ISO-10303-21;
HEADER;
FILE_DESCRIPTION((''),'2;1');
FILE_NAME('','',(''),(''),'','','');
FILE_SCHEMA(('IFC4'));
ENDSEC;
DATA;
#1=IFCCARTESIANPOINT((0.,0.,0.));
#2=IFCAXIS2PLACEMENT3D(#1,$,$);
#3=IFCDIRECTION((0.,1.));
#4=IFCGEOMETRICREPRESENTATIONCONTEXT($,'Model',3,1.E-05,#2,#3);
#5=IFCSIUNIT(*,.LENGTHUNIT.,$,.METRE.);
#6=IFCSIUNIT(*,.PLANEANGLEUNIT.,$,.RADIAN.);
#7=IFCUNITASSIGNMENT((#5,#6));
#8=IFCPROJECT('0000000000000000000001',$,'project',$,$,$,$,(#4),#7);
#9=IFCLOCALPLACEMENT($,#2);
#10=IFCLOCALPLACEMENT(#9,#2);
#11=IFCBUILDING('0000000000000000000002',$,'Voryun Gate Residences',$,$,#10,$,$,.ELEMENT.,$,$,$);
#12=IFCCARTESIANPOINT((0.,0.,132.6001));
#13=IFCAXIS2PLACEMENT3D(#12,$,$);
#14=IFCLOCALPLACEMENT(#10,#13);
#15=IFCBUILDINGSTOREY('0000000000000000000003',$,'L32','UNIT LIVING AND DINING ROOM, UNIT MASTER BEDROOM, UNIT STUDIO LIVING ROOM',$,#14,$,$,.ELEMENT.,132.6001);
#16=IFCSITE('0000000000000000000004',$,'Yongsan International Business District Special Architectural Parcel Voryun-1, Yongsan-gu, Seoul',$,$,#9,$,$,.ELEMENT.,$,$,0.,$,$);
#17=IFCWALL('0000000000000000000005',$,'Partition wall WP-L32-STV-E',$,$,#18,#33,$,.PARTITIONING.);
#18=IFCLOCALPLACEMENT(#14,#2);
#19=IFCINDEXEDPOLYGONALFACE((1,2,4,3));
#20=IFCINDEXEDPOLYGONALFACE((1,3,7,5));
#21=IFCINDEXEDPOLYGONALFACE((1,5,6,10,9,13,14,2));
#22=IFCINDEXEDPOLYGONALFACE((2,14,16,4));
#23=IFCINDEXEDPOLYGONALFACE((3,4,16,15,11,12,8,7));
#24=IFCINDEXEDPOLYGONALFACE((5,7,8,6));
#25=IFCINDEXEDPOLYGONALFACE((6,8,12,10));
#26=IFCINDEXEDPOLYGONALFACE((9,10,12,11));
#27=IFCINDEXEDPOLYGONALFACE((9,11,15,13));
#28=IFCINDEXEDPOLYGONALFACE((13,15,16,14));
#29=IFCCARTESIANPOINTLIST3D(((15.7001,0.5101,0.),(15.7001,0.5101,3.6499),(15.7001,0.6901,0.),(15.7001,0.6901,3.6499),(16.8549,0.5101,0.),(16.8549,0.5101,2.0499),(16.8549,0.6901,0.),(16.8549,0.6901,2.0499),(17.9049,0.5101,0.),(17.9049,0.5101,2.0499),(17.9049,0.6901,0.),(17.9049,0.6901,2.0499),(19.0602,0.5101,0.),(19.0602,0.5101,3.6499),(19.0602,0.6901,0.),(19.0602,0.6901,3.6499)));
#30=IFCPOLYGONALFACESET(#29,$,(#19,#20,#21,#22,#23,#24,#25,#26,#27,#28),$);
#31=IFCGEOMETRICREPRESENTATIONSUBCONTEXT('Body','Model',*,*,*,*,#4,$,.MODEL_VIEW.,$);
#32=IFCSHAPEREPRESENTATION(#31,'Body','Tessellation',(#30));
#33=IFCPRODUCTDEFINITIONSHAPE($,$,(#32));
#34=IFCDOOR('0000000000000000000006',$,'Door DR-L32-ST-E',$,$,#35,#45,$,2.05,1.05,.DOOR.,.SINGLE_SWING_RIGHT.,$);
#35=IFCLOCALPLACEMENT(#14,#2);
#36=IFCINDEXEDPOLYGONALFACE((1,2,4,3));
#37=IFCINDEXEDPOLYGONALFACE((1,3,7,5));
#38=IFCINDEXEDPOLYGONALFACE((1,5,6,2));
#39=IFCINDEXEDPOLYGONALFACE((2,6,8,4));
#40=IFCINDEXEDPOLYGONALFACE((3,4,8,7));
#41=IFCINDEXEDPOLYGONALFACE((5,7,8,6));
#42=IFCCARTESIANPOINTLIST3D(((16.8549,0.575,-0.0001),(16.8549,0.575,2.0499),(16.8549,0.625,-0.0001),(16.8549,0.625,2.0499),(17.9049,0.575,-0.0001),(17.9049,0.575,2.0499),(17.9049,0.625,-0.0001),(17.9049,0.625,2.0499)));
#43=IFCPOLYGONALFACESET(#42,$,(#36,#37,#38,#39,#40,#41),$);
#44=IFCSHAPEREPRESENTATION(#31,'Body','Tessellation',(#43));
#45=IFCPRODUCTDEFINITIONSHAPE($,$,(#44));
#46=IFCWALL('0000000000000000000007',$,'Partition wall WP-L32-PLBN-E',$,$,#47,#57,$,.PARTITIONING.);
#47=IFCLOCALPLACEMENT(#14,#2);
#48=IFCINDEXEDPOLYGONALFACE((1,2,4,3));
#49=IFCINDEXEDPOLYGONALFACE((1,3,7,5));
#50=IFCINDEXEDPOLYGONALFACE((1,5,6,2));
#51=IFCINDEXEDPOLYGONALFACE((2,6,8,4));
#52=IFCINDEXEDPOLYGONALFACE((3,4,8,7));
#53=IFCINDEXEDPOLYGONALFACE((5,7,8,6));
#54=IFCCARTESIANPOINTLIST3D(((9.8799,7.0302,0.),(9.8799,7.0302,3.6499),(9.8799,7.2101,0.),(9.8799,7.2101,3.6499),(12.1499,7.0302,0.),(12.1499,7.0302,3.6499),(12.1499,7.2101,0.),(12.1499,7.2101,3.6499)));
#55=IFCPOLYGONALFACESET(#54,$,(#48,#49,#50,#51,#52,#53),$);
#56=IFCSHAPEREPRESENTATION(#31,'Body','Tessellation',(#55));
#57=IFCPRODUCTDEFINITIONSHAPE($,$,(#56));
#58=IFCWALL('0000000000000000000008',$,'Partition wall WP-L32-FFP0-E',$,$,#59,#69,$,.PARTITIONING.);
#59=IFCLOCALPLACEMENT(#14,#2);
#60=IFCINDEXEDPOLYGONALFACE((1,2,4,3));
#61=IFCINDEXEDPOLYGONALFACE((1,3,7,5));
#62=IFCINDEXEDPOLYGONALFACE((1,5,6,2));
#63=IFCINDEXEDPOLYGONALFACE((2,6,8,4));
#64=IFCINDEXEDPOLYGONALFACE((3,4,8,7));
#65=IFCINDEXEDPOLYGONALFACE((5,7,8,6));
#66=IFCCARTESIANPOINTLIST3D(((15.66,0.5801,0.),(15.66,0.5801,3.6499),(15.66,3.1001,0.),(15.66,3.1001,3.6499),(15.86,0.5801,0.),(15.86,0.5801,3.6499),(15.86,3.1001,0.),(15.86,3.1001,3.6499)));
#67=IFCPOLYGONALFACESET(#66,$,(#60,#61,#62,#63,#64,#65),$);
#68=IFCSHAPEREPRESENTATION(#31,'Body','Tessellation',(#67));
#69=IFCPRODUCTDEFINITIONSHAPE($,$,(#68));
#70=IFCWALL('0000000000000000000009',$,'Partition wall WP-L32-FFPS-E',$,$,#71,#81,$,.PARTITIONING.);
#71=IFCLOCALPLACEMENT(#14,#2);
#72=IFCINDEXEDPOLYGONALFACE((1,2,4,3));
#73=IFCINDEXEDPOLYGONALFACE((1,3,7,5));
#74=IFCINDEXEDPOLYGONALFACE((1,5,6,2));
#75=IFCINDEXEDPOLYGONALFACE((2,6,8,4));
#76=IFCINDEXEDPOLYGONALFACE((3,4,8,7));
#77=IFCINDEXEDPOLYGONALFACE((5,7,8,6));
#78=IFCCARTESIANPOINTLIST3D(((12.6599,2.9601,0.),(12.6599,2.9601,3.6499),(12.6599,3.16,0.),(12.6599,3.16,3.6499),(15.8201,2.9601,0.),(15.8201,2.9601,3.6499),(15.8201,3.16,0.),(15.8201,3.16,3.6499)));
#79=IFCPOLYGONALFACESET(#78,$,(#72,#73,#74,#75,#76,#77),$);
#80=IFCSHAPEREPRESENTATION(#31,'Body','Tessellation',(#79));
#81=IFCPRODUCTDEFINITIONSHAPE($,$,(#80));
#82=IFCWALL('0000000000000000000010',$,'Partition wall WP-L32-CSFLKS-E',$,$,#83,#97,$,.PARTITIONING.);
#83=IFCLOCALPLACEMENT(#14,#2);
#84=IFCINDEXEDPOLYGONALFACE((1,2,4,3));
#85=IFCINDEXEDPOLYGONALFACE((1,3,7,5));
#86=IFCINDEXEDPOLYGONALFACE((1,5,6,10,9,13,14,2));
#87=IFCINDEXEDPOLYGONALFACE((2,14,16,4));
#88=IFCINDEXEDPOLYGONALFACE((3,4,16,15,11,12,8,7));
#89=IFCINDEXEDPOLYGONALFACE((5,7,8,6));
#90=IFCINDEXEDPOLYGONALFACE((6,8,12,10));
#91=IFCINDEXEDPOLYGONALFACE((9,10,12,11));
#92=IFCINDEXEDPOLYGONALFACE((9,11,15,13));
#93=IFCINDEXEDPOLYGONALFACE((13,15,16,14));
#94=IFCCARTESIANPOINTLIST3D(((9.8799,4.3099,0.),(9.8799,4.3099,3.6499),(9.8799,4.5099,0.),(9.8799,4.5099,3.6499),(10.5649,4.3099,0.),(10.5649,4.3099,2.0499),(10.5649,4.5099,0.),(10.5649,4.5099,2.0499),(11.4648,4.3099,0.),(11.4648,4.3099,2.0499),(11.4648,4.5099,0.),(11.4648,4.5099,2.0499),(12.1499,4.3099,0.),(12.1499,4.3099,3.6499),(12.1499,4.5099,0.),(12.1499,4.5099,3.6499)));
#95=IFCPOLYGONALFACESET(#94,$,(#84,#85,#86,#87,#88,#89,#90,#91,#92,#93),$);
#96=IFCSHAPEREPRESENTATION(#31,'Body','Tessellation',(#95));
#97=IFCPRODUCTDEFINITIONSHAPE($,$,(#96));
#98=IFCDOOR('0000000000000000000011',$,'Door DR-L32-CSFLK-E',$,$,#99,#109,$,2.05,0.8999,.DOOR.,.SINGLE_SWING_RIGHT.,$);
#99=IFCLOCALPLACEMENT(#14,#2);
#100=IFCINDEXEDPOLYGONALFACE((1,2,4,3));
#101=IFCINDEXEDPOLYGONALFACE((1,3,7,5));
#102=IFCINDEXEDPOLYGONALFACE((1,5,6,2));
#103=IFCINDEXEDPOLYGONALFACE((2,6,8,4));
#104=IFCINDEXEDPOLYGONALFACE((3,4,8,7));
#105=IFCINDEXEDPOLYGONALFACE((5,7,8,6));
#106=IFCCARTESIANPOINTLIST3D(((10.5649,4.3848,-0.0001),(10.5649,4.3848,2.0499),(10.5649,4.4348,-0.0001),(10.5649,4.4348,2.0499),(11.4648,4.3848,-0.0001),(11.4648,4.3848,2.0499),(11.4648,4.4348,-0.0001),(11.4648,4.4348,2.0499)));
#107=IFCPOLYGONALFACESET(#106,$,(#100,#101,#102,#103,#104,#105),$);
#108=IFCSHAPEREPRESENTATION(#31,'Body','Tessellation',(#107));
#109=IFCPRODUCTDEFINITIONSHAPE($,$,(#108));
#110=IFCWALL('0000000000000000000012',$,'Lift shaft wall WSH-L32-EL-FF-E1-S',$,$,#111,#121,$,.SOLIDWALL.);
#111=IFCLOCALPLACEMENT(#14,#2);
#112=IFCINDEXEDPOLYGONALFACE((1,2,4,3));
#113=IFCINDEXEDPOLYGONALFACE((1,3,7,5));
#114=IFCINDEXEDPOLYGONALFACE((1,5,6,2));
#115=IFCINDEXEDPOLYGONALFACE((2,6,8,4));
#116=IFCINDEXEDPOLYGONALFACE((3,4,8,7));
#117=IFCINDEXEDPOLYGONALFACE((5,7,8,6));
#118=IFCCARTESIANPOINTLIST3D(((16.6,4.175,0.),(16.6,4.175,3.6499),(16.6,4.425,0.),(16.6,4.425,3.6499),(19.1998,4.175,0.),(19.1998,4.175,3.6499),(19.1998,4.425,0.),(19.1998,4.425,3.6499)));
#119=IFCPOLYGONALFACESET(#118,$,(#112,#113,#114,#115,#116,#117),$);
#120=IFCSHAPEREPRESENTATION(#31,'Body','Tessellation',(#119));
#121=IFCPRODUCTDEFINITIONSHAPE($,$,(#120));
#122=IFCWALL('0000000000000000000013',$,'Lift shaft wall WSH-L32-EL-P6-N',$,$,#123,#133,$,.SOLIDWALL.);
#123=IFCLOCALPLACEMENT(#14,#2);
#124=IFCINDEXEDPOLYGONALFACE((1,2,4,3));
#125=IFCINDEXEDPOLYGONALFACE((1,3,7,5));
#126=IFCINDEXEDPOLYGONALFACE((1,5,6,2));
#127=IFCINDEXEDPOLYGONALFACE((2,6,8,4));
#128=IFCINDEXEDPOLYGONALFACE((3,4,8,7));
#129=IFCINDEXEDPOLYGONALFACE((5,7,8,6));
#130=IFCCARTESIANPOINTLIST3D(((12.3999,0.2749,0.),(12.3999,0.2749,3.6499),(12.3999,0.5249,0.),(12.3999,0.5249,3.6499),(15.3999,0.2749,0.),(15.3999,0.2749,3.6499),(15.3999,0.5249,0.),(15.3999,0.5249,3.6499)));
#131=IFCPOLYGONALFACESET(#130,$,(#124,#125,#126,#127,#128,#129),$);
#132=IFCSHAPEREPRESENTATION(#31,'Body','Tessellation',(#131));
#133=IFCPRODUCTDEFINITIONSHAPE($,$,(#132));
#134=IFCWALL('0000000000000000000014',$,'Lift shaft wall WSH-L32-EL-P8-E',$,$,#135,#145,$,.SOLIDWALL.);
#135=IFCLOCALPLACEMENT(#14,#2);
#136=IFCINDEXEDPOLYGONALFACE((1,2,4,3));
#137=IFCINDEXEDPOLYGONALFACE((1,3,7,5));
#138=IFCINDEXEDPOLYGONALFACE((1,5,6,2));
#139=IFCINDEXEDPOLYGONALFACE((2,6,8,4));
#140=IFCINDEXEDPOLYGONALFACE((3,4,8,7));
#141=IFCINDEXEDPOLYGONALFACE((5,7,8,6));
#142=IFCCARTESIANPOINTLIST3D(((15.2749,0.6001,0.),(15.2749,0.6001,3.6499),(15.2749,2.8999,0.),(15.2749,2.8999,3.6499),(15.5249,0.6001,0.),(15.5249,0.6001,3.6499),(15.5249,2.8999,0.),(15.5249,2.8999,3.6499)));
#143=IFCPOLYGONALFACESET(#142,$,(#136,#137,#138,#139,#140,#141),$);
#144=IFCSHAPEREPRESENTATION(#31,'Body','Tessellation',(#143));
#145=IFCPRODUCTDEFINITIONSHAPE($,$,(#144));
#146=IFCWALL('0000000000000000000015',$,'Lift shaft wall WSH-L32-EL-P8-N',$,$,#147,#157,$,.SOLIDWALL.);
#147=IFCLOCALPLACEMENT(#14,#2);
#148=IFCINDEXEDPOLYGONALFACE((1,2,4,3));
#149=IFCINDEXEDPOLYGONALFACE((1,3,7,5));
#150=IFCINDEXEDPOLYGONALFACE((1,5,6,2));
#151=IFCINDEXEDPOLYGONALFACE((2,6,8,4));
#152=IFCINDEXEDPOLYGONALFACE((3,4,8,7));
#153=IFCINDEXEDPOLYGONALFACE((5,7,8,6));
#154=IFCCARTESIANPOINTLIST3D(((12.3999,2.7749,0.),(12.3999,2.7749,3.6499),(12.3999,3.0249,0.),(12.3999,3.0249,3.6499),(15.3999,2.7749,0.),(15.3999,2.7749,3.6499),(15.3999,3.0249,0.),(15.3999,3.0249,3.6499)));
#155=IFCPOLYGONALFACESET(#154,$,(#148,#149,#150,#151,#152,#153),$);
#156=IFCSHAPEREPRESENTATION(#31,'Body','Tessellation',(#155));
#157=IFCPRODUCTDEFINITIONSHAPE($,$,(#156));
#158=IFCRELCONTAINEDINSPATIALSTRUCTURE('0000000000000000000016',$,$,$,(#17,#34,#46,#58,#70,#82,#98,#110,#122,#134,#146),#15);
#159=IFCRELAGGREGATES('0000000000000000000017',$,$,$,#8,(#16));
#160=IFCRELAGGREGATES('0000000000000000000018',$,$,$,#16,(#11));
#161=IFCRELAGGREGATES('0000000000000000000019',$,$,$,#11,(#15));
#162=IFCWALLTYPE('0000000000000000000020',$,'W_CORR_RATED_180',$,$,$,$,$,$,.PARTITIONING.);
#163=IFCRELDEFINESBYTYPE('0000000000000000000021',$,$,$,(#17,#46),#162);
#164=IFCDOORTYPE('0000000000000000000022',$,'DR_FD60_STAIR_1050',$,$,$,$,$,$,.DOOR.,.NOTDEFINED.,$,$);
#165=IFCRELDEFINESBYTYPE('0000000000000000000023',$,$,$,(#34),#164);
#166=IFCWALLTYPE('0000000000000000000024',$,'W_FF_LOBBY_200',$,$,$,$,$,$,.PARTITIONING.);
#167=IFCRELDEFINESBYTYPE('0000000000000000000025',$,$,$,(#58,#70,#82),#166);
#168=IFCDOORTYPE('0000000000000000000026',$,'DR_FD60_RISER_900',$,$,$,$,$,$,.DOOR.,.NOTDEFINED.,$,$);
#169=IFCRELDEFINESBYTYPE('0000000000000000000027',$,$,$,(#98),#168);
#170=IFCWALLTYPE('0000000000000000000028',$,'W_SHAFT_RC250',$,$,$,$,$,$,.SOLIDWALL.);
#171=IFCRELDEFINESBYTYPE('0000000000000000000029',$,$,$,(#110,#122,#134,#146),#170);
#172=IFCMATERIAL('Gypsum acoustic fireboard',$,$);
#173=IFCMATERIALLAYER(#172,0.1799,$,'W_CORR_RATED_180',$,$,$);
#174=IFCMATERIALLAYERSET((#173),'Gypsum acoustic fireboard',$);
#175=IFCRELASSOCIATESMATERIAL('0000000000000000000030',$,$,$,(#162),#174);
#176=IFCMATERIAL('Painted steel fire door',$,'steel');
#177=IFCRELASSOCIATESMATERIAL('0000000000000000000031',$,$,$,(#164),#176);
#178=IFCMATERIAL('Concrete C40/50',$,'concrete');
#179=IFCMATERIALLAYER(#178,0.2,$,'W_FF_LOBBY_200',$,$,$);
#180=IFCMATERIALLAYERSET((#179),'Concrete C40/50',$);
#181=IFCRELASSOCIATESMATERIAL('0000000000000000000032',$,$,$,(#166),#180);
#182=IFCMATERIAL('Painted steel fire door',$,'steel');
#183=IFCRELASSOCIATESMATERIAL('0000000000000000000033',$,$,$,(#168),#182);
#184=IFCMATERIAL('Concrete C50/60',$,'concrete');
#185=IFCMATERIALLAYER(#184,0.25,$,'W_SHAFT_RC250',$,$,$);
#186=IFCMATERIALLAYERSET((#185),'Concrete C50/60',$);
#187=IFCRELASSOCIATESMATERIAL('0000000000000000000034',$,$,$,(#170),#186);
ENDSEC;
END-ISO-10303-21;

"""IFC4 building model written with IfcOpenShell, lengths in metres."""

from ifc_helpers import new_model, si_unit, direction, frame, frame_2d, origin, place, context, subcontext, project, spatial, rectangle, extrude, material, layer, layer_set, type_object, element, fill, save


model = new_model("IFC4")

# Units and contexts
model_context = context("Model", 3, precision=1e-05, world=origin(), true_north=direction((0.0, 1.0)))
body_context = subcontext(model_context, "Body", "Model", "MODEL_VIEW")
ifc_project = project(units=[si_unit("LENGTHUNIT", "METRE"), si_unit("PLANEANGLEUNIT", "RADIAN")], contexts=[model_context])

# Site, building, storey
site_placement = place(None, origin())
site = spatial("IfcSite", under=ifc_project, at=site_placement, Name="Yongsan International Business District Special Architectural Parcel Voryun-1, Yongsan-gu, Seoul", CompositionType="ELEMENT", RefElevation=0.0)
building_placement = place(site_placement, origin())
building = spatial("IfcBuilding", under=site, at=building_placement, Name="Voryun Gate Residences", CompositionType="ELEMENT")
storey_placement = place(building_placement, frame((0.0, 0.0, 132.6001)))
storey = spatial("IfcBuildingStorey", under=building, at=storey_placement, Name="L32", Description="UNIT LIVING AND DINING ROOM, UNIT MASTER BEDROOM, UNIT STUDIO LIVING ROOM", CompositionType="ELEMENT", Elevation=132.6001)

# Wall, opening, door
ifc_material_1 = material(Name="Gypsum acoustic fireboard")
ifc_layer_1 = layer(ifc_material_1, 0.1799, Name="W_CORR_RATED_180")
ifc_layer_set_1 = layer_set([ifc_layer_1], Name="Gypsum acoustic fireboard")
wall_type_1 = type_object("IfcWallType", Name="W_CORR_RATED_180", PredefinedType="PARTITIONING", material=ifc_layer_set_1)
wall_1_placement = place(storey_placement, frame((15.7, 0.6001, 0.0), z_axis=(0.0, 0.0, 1.0), x_axis=(1.0, 0.0, 0.0)))
wall_1 = element("IfcWall", 1, at=wall_1_placement, inside=storey, type_object=wall_type_1, Name="Partition wall WP-L32-STV-E", PredefinedType="PARTITIONING", context=body_context, shape_type="SweptSolid", body=[
    extrude(rectangle(XDim=3.3601, YDim=0.1799, at=frame_2d((1.6802, 0.0))), origin(), (0.0, 0.0, 1.0), 3.6499),
])
opening_1_placement = place(wall_1_placement, frame((1.155, 0.0, 0.0)))
opening_1 = element("IfcOpeningElement", 2, at=opening_1_placement, cuts=wall_1, PredefinedType="OPENING", context=body_context, shape_type="SweptSolid", body=[
    extrude(rectangle(XDim=1.05, YDim=2.05, at=frame_2d((0.5249, 1.0249))), frame((0.0, 0.0999, 0.0), z_axis=(0.0, -1.0, 0.0), x_axis=(1.0, 0.0, 0.0)), (0.0, 0.0, 1.0), 0.2),
])
ifc_material_2 = material(Name="Painted steel fire door", Category="steel")
door_type_1 = type_object("IfcDoorType", Name="DR_FD60_STAIR_1050", OperationType="NOTDEFINED", PredefinedType="DOOR", material=ifc_material_2)
door_1_placement = place(opening_1_placement, origin())
door_1 = element("IfcDoor", 3, at=door_1_placement, inside=storey, type_object=door_type_1, Name="Door DR-L32-ST-E", OperationType="SINGLE_SWING_RIGHT", OverallHeight=2.05, OverallWidth=1.05, PredefinedType="DOOR", context=body_context, shape_type="SweptSolid", body=[
    extrude(rectangle(XDim=1.05, YDim=2.05, at=frame_2d((0.5249, 1.0249))), frame((0.0, 0.0249, 0.0), z_axis=(0.0, -1.0, 0.0), x_axis=(1.0, 0.0, 0.0)), (0.0, 0.0, 1.0), 0.05),
])
fill(opening_1, door_1)

# Walls
wall_2_placement = place(storey_placement, frame((9.8799, 7.1201, 0.0), z_axis=(0.0, 0.0, 1.0), x_axis=(1.0, 0.0, 0.0)))
element("IfcWall", 4, at=wall_2_placement, inside=storey, type_object=wall_type_1, Name="Partition wall WP-L32-PLBN-E", PredefinedType="PARTITIONING", context=body_context, shape_type="SweptSolid", body=[
    extrude(rectangle(XDim=2.27, YDim=0.1799, at=frame_2d((1.135, 0.0))), origin(), (0.0, 0.0, 1.0), 3.6499),
])
ifc_material_3 = material(Name="Concrete C40/50", Category="concrete")
ifc_layer_2 = layer(ifc_material_3, 0.2, Name="W_FF_LOBBY_200")
ifc_layer_set_2 = layer_set([ifc_layer_2], Name="Concrete C40/50")
wall_type_2 = type_object("IfcWallType", Name="W_FF_LOBBY_200", PredefinedType="PARTITIONING", material=ifc_layer_set_2)
wall_3_placement = place(storey_placement, frame((15.76, 0.5801, 0.0), z_axis=(0.0, 0.0, 1.0), x_axis=(0.0, 1.0, 0.0)))
element("IfcWall", 5, at=wall_3_placement, inside=storey, type_object=wall_type_2, Name="Partition wall WP-L32-FFP0-E", PredefinedType="PARTITIONING", context=body_context, shape_type="SweptSolid", body=[
    extrude(rectangle(XDim=2.52, YDim=0.2, at=frame_2d((1.26, 0.0))), origin(), (0.0, 0.0, 1.0), 3.6499),
])
wall_4_placement = place(storey_placement, frame((12.6599, 3.0601, 0.0), z_axis=(0.0, 0.0, 1.0), x_axis=(1.0, 0.0, 0.0)))
element("IfcWall", 6, at=wall_4_placement, inside=storey, type_object=wall_type_2, Name="Partition wall WP-L32-FFPS-E", PredefinedType="PARTITIONING", context=body_context, shape_type="SweptSolid", body=[
    extrude(rectangle(XDim=3.1602, YDim=0.2, at=frame_2d((1.5801, 0.0))), origin(), (0.0, 0.0, 1.0), 3.6499),
])

# Wall, opening, door
wall_5_placement = place(storey_placement, frame((9.8799, 4.4099, 0.0), z_axis=(0.0, 0.0, 1.0), x_axis=(1.0, 0.0, 0.0)))
wall_5 = element("IfcWall", 7, at=wall_5_placement, inside=storey, type_object=wall_type_2, Name="Partition wall WP-L32-CSFLKS-E", PredefinedType="PARTITIONING", context=body_context, shape_type="SweptSolid", body=[
    extrude(rectangle(XDim=2.27, YDim=0.2, at=frame_2d((1.135, 0.0))), origin(), (0.0, 0.0, 1.0), 3.6499),
])
opening_2_placement = place(wall_5_placement, frame((0.6851, 0.0, 0.0)))
opening_2 = element("IfcOpeningElement", 8, at=opening_2_placement, cuts=wall_5, PredefinedType="OPENING", context=body_context, shape_type="SweptSolid", body=[
    extrude(rectangle(XDim=0.8999, YDim=2.05, at=frame_2d((0.45, 1.0249))), frame((0.0, 0.1101, 0.0), z_axis=(0.0, -1.0, 0.0), x_axis=(1.0, 0.0, 0.0)), (0.0, 0.0, 1.0), 0.22),
])
ifc_material_4 = material(Name="Painted steel fire door", Category="steel")
door_type_2 = type_object("IfcDoorType", Name="DR_FD60_RISER_900", OperationType="NOTDEFINED", PredefinedType="DOOR", material=ifc_material_4)
door_2_placement = place(opening_2_placement, origin())
door_2 = element("IfcDoor", 9, at=door_2_placement, inside=storey, type_object=door_type_2, Name="Door DR-L32-CSFLK-E", OperationType="SINGLE_SWING_RIGHT", OverallHeight=2.05, OverallWidth=0.8999, PredefinedType="DOOR", context=body_context, shape_type="SweptSolid", body=[
    extrude(rectangle(XDim=0.8999, YDim=2.05, at=frame_2d((0.45, 1.0249))), frame((0.0, 0.0249, 0.0), z_axis=(0.0, -1.0, 0.0), x_axis=(1.0, 0.0, 0.0)), (0.0, 0.0, 1.0), 0.05),
])
fill(opening_2, door_2)

# Walls
ifc_material_5 = material(Name="Concrete C50/60", Category="concrete")
ifc_layer_3 = layer(ifc_material_5, 0.25, Name="W_SHAFT_RC250")
ifc_layer_set_3 = layer_set([ifc_layer_3], Name="Concrete C50/60")
wall_type_3 = type_object("IfcWallType", Name="W_SHAFT_RC250", PredefinedType="SOLIDWALL", material=ifc_layer_set_3)
wall_6_placement = place(storey_placement, frame((16.6001, 4.3, 0.0), z_axis=(0.0, 0.0, 1.0), x_axis=(1.0, 0.0, 0.0)))
element("IfcWall", 10, at=wall_6_placement, inside=storey, type_object=wall_type_3, Name="Lift shaft wall WSH-L32-EL-FF-E1-S", PredefinedType="SOLIDWALL", context=body_context, shape_type="SweptSolid", body=[
    extrude(rectangle(XDim=2.5999, YDim=0.25, at=frame_2d((1.2998, 0.0))), origin(), (0.0, 0.0, 1.0), 3.6499),
])
wall_7_placement = place(storey_placement, frame((15.3999, 0.3999, 0.0), z_axis=(0.0, 0.0, 1.0), x_axis=(-1.0, 0.0, 0.0)))
element("IfcWall", 11, at=wall_7_placement, inside=storey, type_object=wall_type_3, Name="Lift shaft wall WSH-L32-EL-P6-N", PredefinedType="SOLIDWALL", context=body_context, shape_type="SweptSolid", body=[
    extrude(rectangle(XDim=3.0, YDim=0.25, at=frame_2d((1.5, 0.0))), origin(), (0.0, 0.0, 1.0), 3.6499),
])
wall_8_placement = place(storey_placement, frame((15.3999, 0.6001, 0.0), z_axis=(0.0, 0.0, 1.0), x_axis=(0.0, 1.0, 0.0)))
element("IfcWall", 12, at=wall_8_placement, inside=storey, type_object=wall_type_3, Name="Lift shaft wall WSH-L32-EL-P8-E", PredefinedType="SOLIDWALL", context=body_context, shape_type="SweptSolid", body=[
    extrude(rectangle(XDim=2.2998, YDim=0.25, at=frame_2d((1.1499, 0.0))), origin(), (0.0, 0.0, 1.0), 3.6499),
])
wall_9_placement = place(storey_placement, frame((15.3999, 2.8999, 0.0), z_axis=(0.0, 0.0, 1.0), x_axis=(-1.0, 0.0, 0.0)))
element("IfcWall", 13, at=wall_9_placement, inside=storey, type_object=wall_type_3, Name="Lift shaft wall WSH-L32-EL-P8-N", PredefinedType="SOLIDWALL", context=body_context, shape_type="SweptSolid", body=[
    extrude(rectangle(XDim=3.0, YDim=0.25, at=frame_2d((1.5, 0.0))), origin(), (0.0, 0.0, 1.0), 3.6499),
])

save(model, "model.ifc")
